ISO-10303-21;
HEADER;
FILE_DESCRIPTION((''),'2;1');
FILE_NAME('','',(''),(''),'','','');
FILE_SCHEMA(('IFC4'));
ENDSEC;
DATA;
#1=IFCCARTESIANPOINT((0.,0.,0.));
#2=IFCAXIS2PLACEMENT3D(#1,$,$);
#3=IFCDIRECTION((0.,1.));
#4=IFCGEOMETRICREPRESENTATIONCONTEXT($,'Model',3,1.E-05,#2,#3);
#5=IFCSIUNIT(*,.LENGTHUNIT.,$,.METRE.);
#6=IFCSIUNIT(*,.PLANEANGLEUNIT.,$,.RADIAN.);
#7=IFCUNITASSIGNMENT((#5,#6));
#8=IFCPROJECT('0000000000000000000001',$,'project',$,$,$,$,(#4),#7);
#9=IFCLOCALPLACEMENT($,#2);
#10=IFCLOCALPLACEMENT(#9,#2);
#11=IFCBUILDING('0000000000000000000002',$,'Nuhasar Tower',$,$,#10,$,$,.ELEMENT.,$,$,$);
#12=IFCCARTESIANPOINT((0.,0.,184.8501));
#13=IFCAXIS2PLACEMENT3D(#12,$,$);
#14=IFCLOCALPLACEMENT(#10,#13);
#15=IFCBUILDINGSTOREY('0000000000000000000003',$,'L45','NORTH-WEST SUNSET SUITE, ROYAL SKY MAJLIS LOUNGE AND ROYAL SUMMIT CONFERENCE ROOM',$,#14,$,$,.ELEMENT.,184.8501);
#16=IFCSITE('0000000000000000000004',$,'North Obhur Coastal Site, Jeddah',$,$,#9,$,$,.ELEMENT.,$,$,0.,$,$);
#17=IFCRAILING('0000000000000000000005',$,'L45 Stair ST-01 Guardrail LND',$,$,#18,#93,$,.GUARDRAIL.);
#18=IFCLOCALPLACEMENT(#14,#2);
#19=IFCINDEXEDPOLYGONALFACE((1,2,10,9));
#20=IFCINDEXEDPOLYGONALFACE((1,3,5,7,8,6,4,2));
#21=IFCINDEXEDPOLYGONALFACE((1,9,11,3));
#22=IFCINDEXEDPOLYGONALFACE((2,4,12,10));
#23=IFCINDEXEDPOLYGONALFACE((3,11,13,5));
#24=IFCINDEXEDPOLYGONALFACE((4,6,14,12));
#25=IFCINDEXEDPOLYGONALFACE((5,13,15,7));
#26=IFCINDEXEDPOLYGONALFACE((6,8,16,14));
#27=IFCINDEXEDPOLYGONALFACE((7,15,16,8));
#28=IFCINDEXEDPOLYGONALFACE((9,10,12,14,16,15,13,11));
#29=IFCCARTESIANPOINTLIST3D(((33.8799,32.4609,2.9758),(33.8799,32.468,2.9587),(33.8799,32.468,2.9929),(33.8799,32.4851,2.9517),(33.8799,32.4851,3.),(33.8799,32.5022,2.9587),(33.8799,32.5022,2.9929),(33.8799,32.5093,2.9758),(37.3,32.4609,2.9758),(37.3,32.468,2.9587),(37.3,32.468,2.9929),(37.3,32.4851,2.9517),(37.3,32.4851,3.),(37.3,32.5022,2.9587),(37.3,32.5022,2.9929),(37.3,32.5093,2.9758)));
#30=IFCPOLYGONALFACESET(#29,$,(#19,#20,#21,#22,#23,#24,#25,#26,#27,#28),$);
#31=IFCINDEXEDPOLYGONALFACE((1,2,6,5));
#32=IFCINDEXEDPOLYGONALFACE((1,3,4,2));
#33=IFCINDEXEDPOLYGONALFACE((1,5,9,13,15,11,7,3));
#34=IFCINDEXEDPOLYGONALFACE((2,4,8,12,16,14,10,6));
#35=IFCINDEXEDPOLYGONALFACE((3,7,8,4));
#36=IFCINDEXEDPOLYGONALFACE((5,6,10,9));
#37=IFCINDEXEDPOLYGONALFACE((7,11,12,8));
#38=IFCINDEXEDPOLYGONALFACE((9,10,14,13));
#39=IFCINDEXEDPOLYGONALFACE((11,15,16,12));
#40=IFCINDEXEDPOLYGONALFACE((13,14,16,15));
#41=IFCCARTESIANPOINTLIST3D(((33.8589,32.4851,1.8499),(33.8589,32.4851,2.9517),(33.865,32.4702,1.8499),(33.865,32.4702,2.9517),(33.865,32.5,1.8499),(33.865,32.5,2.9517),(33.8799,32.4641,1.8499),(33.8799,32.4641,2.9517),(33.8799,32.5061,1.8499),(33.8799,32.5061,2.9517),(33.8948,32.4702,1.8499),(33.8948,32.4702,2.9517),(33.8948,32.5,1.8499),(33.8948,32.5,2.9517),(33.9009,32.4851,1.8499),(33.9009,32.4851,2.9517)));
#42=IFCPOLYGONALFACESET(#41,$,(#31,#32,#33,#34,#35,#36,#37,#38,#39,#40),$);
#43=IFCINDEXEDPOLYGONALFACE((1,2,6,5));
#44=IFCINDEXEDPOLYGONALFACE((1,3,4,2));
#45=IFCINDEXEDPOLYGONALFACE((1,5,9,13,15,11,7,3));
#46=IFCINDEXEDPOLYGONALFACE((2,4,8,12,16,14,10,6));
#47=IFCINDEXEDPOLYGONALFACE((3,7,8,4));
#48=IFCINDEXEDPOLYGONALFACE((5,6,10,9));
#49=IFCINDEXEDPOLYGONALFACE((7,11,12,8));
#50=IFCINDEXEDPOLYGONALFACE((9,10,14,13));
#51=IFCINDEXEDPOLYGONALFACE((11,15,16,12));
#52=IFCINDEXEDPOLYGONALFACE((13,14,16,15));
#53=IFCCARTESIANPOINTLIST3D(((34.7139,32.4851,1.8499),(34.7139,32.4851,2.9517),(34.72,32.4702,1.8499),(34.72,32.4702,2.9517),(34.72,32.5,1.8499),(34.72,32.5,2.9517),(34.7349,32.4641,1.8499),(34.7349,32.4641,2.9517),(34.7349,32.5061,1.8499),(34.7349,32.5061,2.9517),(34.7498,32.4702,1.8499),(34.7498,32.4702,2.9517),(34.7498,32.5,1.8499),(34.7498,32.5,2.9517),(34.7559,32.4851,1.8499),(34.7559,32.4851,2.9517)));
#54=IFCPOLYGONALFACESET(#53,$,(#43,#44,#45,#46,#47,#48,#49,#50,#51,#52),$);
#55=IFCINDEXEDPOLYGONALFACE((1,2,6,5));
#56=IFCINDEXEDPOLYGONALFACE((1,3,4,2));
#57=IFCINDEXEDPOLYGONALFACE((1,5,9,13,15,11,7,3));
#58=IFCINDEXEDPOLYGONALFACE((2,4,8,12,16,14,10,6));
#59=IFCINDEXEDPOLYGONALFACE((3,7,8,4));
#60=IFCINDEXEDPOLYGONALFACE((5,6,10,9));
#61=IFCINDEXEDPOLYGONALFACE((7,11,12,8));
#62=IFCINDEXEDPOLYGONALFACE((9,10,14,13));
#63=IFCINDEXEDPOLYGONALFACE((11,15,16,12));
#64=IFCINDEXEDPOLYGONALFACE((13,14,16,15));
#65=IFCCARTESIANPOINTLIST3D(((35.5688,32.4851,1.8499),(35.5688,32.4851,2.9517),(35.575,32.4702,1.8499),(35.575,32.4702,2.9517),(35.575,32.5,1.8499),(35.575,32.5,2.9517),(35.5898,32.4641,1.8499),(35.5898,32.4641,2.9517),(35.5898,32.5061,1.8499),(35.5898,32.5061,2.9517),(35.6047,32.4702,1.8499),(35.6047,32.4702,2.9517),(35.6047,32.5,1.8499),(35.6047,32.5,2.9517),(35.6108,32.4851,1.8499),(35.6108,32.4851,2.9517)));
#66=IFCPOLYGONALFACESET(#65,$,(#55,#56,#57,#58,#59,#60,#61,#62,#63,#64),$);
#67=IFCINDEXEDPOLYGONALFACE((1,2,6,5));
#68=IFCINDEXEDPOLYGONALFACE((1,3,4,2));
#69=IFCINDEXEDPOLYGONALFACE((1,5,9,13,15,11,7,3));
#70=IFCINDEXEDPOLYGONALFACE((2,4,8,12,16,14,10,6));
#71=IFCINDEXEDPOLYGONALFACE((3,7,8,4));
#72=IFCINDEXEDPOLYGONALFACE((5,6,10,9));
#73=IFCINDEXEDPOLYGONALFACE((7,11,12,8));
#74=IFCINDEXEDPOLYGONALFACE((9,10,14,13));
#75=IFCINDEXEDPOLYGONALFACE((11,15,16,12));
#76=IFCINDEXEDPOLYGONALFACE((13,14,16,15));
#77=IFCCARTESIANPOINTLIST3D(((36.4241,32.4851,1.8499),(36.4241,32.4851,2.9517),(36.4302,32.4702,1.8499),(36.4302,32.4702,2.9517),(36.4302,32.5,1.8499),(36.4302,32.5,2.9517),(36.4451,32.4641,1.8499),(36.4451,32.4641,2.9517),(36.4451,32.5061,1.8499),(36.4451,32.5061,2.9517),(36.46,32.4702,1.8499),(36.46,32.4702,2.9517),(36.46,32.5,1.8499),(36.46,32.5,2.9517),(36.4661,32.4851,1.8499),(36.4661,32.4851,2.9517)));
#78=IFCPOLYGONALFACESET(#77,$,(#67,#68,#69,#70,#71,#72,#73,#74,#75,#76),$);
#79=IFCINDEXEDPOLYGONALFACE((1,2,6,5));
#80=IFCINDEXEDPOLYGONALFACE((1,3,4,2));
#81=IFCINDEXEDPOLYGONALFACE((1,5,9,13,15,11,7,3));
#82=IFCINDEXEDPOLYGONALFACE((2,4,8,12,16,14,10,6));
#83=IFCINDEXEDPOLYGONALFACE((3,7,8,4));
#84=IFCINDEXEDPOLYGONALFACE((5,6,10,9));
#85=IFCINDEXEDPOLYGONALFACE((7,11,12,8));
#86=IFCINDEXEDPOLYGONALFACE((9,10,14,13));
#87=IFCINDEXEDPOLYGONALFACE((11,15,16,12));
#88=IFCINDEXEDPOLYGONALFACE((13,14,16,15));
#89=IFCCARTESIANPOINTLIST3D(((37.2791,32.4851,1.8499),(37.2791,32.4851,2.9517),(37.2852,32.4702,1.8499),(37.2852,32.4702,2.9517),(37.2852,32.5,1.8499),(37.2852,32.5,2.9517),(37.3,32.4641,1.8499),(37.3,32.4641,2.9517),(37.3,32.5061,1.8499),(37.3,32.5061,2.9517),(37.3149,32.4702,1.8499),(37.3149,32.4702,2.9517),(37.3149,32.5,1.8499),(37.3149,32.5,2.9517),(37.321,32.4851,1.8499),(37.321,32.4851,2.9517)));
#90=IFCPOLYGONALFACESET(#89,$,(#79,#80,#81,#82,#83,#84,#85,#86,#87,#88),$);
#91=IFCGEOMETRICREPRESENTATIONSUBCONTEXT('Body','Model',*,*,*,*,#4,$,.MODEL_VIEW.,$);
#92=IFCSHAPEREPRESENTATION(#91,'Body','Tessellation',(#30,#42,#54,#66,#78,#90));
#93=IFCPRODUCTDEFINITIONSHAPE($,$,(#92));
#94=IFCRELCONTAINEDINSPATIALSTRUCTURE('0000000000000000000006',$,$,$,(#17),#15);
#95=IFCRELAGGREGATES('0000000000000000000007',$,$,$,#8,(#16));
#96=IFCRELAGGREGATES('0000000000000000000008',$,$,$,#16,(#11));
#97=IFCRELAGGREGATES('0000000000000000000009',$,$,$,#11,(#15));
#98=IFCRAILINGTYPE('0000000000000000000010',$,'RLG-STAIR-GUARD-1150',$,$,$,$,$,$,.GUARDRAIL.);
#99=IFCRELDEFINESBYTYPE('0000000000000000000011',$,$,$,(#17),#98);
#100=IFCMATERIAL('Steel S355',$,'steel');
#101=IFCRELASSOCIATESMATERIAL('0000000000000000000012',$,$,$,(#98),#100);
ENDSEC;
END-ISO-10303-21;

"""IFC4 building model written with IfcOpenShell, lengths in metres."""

from ifc_helpers import new_model, si_unit, direction, frame, origin, place, context, subcontext, project, spatial, polyline, outline, extrude, material, type_object, element, save


model = new_model("IFC4")

# Units and contexts
model_context = context("Model", 3, precision=1e-05, world=origin(), true_north=direction((0.0, 1.0)))
body_context = subcontext(model_context, "Body", "Model", "MODEL_VIEW")
ifc_project = project(units=[si_unit("LENGTHUNIT", "METRE"), si_unit("PLANEANGLEUNIT", "RADIAN")], contexts=[model_context])

# Site, building, storey
site_placement = place(None, origin())
site = spatial("IfcSite", under=ifc_project, at=site_placement, Name="North Obhur Coastal Site, Jeddah", CompositionType="ELEMENT", RefElevation=0.0)
building_placement = place(site_placement, origin())
building = spatial("IfcBuilding", under=site, at=building_placement, Name="Nuhasar Tower", CompositionType="ELEMENT")
storey_placement = place(building_placement, frame((0.0, 0.0, 184.8501)))
storey = spatial("IfcBuildingStorey", under=building, at=storey_placement, Name="L45", Description="NORTH-WEST SUNSET SUITE, ROYAL SKY MAJLIS LOUNGE AND ROYAL SUMMIT CONFERENCE ROOM", CompositionType="ELEMENT", Elevation=184.8501)

# Shared definitions
ifc_material_1 = material(Name="Steel S355", Category="steel")

# Railing
railing_type_1 = type_object("IfcRailingType", Name="RLG-STAIR-GUARD-1150", PredefinedType="GUARDRAIL", material=ifc_material_1)
railing_1_placement = place(storey_placement, frame((33.8799, 32.4851, 1.8499)))
element("IfcRailing", 1, at=railing_1_placement, inside=storey, type_object=railing_type_1, Name="L45 Stair ST-01 Guardrail LND", PredefinedType="GUARDRAIL", context=body_context, shape_type="SweptSolid", body=[
    extrude(outline(polyline([(0.0242, 0.0), (0.0171, 0.0171), (0.0, 0.0242), (-0.0171, 0.0171), (-0.0242, 0.0), (-0.0171, -0.0171), (0.0, -0.0242), (0.0171, -0.0171), (0.0242, 0.0)])), frame((0.0, 0.0, 1.126), z_axis=(1.0, 0.0, 0.0), x_axis=(0.0, 1.0, 0.0)), (0.0, 0.0, 1.0), 3.4202),
    extrude(outline(polyline([(0.021, 0.0), (0.0149, 0.0149), (0.0, 0.021), (-0.0149, 0.0149), (-0.021, 0.0), (-0.0149, -0.0149), (0.0, -0.021), (0.0149, -0.0149), (0.021, 0.0)])), origin(), (0.0, 0.0, 1.0), 1.1018),
    extrude(outline(polyline([(0.021, 0.0), (0.0149, 0.0149), (0.0, 0.021), (-0.0149, 0.0149), (-0.021, 0.0), (-0.0149, -0.0149), (0.0, -0.021), (0.0149, -0.0149), (0.021, 0.0)])), frame((0.855, 0.0, 0.0)), (0.0, 0.0, 1.0), 1.1018),
    extrude(outline(polyline([(0.021, 0.0), (0.0149, 0.0149), (0.0, 0.021), (-0.0149, 0.0149), (-0.021, 0.0), (-0.0149, -0.0149), (0.0, -0.021), (0.0149, -0.0149), (0.021, 0.0)])), frame((1.71, 0.0, 0.0)), (0.0, 0.0, 1.0), 1.1018),
    extrude(outline(polyline([(0.021, 0.0), (0.0149, 0.0149), (0.0, 0.021), (-0.0149, 0.0149), (-0.021, 0.0), (-0.0149, -0.0149), (0.0, -0.021), (0.0149, -0.0149), (0.021, 0.0)])), frame((2.5652, 0.0, 0.0)), (0.0, 0.0, 1.0), 1.1018),
    extrude(outline(polyline([(0.021, 0.0), (0.0149, 0.0149), (0.0, 0.021), (-0.0149, 0.0149), (-0.021, 0.0), (-0.0149, -0.0149), (0.0, -0.021), (0.0149, -0.0149), (0.021, 0.0)])), frame((3.4202, 0.0, 0.0)), (0.0, 0.0, 1.0), 1.1018),
])

save(model, "model.ifc")
